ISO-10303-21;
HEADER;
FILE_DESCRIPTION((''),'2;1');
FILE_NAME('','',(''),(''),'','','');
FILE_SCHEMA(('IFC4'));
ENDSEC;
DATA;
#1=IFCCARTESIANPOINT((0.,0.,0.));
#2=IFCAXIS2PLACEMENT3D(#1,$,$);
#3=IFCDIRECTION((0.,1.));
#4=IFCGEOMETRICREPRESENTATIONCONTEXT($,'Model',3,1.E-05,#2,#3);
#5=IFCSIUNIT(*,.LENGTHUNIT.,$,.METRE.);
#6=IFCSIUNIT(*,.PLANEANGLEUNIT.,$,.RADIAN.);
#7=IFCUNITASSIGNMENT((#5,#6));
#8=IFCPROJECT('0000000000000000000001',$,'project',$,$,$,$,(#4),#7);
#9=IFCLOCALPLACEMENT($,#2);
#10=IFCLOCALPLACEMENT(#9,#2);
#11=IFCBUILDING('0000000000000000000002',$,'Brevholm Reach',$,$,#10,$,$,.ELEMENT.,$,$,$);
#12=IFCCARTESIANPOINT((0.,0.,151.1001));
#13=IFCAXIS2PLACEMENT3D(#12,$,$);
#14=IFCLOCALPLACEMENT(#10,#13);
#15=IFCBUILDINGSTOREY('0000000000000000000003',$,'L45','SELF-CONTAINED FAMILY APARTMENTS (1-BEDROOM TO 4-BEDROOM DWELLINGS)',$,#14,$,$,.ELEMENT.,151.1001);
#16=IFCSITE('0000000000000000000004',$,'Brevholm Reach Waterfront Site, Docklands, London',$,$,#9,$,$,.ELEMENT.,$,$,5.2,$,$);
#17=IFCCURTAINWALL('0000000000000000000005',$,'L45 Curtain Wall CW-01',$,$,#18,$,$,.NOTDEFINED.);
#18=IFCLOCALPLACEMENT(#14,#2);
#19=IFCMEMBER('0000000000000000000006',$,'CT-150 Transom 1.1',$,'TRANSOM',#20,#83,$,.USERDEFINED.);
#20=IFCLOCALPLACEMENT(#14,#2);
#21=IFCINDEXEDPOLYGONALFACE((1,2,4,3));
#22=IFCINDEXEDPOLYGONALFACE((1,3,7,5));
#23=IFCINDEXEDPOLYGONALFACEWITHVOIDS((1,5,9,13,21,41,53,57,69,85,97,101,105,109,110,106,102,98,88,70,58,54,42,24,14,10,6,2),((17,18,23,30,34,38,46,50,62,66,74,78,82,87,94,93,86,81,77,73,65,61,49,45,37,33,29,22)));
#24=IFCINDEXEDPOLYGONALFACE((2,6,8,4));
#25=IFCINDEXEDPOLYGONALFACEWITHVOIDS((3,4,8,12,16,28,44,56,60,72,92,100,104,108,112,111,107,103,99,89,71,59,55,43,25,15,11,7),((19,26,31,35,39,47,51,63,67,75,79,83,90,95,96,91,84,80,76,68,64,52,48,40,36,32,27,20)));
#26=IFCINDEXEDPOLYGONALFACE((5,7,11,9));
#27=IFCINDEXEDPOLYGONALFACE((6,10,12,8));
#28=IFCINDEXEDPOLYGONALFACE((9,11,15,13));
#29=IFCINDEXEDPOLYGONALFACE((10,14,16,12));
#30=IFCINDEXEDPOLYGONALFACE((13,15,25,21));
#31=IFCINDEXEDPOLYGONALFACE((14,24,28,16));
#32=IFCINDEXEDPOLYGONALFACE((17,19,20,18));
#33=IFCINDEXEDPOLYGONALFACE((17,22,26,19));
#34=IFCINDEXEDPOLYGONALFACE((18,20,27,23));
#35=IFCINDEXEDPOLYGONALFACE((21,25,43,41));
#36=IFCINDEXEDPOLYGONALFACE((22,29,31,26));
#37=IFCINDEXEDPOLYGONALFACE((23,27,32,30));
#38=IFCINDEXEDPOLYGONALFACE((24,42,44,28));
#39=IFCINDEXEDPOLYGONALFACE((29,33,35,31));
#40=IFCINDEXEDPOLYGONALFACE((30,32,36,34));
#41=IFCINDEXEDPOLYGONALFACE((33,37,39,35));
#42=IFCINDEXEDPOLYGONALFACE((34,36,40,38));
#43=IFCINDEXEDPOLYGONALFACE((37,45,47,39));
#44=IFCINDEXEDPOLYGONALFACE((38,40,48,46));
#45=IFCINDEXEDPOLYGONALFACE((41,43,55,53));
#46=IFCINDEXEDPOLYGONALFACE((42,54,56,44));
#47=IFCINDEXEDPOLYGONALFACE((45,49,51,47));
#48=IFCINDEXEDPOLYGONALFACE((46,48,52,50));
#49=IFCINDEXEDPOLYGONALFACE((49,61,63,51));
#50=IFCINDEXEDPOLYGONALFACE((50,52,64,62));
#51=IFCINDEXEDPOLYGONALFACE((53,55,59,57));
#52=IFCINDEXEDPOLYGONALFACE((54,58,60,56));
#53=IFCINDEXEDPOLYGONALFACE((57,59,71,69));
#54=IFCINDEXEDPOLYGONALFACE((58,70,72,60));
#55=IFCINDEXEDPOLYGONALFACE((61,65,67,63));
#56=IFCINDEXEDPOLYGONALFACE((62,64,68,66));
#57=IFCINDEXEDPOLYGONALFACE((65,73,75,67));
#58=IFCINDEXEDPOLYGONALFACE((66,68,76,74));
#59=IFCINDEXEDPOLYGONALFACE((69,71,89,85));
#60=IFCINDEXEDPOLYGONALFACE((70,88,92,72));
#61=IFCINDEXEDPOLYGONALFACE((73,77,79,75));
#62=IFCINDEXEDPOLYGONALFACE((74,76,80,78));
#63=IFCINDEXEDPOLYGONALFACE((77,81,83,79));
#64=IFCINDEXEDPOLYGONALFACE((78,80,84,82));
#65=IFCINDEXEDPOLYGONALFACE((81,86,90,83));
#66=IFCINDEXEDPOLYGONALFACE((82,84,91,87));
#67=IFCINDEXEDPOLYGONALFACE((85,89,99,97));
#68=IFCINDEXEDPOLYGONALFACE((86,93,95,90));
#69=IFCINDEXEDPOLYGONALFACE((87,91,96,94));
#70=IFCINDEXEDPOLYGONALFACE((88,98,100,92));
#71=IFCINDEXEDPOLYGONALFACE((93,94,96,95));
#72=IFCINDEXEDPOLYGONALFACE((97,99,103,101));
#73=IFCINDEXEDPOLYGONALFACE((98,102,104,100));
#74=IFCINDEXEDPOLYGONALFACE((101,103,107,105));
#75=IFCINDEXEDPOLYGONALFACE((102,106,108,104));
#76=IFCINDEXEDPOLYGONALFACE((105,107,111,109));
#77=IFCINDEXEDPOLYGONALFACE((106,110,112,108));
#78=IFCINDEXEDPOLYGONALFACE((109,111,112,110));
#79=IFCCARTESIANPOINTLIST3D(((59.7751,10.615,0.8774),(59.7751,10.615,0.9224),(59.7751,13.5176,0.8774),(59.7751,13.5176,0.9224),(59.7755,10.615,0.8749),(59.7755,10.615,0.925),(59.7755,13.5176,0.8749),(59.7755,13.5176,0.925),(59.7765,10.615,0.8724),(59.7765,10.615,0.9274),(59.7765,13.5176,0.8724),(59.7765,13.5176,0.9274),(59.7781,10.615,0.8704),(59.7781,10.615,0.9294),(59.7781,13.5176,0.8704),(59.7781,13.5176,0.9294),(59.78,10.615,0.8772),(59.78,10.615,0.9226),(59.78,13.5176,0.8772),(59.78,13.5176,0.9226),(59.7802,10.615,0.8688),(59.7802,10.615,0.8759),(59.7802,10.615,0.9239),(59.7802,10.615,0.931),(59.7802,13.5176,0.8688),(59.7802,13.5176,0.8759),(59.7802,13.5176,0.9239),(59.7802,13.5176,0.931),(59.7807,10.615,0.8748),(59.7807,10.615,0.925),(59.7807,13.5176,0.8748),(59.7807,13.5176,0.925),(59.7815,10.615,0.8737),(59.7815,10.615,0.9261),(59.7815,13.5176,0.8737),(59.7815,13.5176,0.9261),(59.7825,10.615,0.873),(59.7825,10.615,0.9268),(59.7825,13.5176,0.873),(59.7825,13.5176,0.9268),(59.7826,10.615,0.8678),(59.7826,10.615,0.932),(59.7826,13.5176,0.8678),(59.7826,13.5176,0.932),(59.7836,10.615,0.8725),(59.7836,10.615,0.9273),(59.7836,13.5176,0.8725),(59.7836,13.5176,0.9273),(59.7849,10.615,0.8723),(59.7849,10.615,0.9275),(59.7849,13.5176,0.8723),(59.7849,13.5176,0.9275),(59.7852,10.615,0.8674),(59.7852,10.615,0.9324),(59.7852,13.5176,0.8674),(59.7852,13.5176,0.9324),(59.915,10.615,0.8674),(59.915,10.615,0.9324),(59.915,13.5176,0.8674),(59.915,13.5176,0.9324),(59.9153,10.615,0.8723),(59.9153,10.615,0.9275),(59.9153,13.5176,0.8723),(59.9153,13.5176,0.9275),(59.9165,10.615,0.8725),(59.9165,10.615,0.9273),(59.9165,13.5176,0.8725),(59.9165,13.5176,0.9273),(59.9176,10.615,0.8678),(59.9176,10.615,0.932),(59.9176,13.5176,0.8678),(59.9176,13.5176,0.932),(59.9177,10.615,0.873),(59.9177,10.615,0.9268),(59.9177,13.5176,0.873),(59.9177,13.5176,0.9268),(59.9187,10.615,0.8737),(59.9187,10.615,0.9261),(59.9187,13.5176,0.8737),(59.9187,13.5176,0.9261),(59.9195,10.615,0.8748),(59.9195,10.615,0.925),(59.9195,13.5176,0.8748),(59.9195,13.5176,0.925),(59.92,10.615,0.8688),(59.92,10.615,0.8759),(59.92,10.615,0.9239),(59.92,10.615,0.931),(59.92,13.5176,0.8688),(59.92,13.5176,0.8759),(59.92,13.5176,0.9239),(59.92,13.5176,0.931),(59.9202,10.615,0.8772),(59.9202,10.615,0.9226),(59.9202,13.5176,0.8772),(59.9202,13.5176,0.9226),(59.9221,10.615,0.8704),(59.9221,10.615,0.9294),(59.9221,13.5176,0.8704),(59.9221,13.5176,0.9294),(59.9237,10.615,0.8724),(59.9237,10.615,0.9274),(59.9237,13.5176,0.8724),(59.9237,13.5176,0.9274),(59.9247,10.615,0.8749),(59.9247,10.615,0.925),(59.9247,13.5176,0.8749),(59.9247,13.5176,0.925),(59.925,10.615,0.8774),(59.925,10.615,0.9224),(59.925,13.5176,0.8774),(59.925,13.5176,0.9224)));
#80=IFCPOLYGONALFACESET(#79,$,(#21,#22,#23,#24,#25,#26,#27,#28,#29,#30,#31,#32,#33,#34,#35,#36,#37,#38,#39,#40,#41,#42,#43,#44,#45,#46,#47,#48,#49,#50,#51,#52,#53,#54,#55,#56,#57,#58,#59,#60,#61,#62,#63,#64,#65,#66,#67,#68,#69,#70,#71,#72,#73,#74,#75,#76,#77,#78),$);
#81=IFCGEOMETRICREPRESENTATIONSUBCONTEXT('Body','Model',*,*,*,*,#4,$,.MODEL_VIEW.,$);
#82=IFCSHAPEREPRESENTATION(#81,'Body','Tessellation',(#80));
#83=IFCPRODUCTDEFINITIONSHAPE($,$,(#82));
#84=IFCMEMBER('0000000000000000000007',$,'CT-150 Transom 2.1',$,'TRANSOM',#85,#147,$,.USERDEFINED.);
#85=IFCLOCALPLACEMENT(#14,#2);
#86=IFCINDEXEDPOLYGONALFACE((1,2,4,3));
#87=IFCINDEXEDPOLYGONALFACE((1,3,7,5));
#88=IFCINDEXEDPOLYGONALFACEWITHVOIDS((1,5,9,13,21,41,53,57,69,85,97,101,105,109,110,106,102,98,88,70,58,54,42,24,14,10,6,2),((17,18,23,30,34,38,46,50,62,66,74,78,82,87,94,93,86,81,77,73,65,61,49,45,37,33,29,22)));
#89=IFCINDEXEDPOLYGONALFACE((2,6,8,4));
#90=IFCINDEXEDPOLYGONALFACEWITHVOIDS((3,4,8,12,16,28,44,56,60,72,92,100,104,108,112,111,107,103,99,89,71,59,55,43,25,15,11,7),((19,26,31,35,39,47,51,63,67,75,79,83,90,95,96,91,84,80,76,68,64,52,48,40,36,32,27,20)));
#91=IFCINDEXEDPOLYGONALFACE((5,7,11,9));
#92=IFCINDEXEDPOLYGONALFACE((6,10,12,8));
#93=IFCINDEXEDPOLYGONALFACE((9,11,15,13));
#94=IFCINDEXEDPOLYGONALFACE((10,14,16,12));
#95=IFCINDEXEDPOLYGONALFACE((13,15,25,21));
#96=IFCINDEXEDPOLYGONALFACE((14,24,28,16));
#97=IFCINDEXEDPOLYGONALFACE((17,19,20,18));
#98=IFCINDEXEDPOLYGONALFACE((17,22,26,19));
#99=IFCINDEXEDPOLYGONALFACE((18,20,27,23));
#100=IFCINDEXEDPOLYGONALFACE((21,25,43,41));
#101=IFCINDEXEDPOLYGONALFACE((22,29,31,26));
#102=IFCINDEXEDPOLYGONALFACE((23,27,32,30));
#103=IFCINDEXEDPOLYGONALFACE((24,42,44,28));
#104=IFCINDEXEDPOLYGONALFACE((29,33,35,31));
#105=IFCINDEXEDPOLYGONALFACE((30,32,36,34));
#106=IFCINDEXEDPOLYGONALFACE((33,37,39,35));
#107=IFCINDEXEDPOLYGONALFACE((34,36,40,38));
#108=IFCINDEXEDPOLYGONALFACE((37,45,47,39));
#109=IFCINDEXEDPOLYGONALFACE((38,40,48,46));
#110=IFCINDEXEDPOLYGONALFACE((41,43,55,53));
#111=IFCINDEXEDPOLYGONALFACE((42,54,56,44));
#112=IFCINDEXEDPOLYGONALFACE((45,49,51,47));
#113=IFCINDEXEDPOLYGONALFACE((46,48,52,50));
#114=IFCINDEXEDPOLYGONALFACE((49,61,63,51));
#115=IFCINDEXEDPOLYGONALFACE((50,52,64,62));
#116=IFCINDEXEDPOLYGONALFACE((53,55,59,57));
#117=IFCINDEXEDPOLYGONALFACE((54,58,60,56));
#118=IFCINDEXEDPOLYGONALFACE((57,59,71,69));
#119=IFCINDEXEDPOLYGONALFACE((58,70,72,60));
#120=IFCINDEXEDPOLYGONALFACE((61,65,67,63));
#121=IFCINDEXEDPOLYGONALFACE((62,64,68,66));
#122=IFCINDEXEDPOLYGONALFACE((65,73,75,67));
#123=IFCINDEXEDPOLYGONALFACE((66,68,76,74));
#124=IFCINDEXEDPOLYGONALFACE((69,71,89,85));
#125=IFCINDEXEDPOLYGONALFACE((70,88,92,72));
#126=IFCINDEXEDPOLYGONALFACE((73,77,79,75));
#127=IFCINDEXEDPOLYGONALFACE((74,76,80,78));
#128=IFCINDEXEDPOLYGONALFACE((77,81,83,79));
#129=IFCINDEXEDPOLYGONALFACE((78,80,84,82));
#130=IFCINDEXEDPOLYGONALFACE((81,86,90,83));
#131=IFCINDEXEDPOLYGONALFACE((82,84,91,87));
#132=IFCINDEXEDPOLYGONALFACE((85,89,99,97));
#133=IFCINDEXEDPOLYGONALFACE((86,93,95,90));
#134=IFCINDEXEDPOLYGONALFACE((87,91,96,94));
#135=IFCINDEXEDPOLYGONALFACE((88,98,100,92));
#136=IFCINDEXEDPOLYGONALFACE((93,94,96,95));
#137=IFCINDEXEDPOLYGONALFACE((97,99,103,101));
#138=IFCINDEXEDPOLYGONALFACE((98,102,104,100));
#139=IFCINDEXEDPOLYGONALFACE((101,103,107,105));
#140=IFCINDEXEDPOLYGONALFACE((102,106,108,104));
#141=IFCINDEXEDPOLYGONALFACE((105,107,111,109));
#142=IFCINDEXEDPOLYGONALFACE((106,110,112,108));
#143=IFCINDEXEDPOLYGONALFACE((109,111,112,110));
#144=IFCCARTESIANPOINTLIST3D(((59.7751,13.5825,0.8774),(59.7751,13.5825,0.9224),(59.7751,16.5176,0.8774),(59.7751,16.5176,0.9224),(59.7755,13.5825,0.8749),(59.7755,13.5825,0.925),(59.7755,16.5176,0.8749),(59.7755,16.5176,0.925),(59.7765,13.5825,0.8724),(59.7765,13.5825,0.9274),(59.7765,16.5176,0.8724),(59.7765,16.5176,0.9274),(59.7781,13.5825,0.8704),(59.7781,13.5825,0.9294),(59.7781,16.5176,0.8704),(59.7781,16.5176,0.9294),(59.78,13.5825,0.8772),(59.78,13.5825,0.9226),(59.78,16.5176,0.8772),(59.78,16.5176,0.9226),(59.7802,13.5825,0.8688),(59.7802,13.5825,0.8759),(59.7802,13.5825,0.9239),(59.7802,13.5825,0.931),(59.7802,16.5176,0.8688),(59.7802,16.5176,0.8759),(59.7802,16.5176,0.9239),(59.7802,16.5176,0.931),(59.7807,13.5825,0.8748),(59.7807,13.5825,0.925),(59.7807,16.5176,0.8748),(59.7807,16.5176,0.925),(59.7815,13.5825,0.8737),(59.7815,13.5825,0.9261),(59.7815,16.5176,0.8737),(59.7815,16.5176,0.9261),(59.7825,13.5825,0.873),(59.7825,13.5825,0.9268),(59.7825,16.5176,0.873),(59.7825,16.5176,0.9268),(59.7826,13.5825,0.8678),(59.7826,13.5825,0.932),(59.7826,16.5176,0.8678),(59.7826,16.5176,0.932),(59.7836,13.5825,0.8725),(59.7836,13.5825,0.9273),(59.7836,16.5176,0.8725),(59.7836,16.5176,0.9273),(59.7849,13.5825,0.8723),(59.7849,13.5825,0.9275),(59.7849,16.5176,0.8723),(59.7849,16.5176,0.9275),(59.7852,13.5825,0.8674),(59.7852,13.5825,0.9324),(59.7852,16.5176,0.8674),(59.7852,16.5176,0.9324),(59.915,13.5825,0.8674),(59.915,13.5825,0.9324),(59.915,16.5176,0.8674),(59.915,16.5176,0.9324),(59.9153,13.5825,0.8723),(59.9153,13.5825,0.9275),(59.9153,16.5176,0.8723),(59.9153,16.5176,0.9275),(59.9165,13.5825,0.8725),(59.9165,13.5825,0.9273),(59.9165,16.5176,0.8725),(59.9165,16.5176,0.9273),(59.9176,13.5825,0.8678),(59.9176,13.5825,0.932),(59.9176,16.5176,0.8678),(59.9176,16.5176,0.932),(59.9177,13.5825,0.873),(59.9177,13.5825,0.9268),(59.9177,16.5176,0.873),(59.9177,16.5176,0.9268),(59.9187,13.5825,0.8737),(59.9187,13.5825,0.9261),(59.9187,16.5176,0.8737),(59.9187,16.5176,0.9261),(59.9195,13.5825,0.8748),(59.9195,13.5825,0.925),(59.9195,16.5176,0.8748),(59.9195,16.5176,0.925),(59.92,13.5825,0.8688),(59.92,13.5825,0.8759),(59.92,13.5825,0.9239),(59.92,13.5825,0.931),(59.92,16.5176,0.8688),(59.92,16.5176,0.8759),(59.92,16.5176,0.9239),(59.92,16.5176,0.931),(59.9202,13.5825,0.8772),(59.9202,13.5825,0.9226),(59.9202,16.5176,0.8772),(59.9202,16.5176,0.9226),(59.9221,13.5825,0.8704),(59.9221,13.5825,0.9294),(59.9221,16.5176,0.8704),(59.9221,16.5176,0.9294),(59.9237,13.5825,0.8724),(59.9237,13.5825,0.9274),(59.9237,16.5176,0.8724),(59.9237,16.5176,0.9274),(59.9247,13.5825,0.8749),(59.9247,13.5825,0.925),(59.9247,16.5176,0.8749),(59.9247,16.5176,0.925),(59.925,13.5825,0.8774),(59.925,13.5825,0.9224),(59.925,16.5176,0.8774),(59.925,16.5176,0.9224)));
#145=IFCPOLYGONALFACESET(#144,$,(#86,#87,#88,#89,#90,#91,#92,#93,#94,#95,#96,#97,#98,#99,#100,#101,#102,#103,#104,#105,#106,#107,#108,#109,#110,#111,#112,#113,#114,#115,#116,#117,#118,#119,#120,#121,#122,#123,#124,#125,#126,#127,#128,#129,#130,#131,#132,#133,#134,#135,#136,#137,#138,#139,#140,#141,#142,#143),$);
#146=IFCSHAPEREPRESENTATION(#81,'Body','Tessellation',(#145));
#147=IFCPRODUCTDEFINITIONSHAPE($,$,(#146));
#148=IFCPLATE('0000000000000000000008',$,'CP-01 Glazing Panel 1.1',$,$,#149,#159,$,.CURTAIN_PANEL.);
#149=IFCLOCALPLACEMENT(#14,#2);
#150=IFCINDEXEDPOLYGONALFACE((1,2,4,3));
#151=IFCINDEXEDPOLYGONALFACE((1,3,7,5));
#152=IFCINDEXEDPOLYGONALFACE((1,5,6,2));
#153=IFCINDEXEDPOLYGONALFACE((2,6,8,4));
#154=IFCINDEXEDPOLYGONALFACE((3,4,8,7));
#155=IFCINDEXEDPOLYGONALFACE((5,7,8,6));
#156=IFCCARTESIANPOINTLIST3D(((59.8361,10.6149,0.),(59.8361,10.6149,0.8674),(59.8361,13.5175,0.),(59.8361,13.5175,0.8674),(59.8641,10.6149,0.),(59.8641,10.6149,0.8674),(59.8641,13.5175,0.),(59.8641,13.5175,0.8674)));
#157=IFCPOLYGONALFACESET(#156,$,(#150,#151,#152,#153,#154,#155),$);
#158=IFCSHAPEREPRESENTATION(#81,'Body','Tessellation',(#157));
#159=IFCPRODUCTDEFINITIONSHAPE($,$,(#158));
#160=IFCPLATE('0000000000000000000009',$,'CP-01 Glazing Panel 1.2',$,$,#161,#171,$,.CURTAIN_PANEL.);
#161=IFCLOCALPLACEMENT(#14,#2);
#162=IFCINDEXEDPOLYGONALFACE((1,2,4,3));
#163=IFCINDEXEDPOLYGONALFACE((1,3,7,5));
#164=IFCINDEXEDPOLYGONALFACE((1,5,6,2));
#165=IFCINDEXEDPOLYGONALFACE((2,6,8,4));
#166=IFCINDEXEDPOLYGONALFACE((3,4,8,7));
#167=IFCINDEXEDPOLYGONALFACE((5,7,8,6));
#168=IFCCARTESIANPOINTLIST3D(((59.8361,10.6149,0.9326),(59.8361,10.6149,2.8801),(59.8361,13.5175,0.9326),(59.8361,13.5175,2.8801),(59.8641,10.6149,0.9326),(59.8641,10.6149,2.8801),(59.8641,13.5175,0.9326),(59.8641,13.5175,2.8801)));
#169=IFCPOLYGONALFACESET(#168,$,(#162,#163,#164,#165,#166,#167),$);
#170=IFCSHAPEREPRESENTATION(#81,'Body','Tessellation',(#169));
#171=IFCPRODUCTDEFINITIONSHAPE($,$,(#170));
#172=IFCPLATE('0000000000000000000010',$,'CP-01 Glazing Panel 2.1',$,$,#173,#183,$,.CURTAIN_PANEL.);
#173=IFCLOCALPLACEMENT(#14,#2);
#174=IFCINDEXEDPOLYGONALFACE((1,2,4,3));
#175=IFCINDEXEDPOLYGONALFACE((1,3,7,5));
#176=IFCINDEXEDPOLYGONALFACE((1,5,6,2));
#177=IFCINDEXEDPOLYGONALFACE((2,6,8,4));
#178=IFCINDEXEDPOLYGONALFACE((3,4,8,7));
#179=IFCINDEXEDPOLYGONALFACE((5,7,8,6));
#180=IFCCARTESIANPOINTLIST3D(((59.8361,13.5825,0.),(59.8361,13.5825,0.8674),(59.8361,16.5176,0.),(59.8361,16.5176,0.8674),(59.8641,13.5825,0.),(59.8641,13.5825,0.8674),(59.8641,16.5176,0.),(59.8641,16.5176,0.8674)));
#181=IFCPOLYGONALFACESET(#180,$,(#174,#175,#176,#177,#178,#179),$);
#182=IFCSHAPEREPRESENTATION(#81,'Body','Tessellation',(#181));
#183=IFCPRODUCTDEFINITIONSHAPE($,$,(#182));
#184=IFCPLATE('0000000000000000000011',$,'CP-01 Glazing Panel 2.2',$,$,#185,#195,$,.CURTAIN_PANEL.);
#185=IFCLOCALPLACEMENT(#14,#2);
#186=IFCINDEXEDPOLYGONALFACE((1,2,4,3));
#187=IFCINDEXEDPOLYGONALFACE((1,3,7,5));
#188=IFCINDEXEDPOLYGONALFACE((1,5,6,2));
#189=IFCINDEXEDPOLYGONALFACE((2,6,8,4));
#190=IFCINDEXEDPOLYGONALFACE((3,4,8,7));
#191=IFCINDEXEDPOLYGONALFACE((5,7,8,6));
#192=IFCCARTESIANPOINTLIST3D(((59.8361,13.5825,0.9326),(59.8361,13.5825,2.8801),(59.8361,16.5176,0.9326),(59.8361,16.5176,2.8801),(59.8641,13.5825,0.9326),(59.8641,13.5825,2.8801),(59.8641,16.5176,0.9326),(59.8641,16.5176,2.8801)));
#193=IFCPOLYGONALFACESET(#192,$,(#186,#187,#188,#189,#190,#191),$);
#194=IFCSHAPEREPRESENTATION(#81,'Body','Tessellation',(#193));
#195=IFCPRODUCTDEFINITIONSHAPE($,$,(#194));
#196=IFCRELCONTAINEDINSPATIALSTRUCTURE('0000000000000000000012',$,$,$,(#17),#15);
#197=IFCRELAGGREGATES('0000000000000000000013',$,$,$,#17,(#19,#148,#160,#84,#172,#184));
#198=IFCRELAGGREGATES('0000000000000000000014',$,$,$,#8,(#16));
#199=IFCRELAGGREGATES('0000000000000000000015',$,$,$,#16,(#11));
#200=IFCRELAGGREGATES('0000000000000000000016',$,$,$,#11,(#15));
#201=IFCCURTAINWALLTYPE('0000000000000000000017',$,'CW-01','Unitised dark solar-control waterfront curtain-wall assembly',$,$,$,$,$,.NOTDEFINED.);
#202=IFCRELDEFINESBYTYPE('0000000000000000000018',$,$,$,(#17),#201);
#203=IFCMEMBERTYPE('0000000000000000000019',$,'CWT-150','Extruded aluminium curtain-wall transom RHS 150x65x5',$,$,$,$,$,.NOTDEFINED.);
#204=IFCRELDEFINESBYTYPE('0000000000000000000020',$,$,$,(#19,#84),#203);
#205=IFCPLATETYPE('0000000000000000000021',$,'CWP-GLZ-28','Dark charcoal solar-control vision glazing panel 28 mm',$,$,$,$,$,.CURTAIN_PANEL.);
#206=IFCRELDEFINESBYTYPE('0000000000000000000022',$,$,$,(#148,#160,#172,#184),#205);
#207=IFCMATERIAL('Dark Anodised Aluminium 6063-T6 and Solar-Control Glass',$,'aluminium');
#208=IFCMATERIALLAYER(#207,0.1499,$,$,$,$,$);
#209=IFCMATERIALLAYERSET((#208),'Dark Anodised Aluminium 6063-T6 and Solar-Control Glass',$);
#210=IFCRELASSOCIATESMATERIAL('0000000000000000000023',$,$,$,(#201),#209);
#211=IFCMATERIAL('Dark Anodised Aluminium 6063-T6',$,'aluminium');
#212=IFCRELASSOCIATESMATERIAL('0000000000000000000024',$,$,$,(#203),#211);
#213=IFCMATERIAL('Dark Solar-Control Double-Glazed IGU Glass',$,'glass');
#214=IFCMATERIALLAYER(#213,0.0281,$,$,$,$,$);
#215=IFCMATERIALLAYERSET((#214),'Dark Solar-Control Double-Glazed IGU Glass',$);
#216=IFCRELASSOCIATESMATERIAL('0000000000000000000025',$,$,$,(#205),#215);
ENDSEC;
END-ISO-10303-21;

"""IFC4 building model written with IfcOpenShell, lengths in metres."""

from ifc_helpers import new_model, si_unit, direction, frame, origin, origin_2d, place, context, subcontext, project, spatial, rectangle, hollow_rectangle, extrude, material, layer, layer_set, material_profile, profile_set, type_object, element, aggregate, save


model = new_model("IFC4")

# Units and contexts
model_context = context("Model", 3, precision=1e-05, world=origin(), true_north=direction((0.0, 1.0)))
body_context = subcontext(model_context, "Body", "Model", "MODEL_VIEW")
ifc_project = project(units=[si_unit("LENGTHUNIT", "METRE"), si_unit("PLANEANGLEUNIT", "RADIAN")], contexts=[model_context])

# Site, building, storey
site_placement = place(None, origin())
site = spatial("IfcSite", under=ifc_project, at=site_placement, Name="Brevholm Reach Waterfront Site, Docklands, London", CompositionType="ELEMENT", RefElevation=5.2)
building_placement = place(site_placement, origin())
building = spatial("IfcBuilding", under=site, at=building_placement, Name="Brevholm Reach", CompositionType="ELEMENT")
storey_placement = place(building_placement, frame((0.0, 0.0, 151.1001)))
storey = spatial("IfcBuildingStorey", under=building, at=storey_placement, Name="L45", Description="SELF-CONTAINED FAMILY APARTMENTS (1-BEDROOM TO 4-BEDROOM DWELLINGS)", CompositionType="ELEMENT", Elevation=151.1001)

# Curtain wall, members, plates
ifc_material_1 = material(Name="Dark Anodised Aluminium 6063-T6 and Solar-Control Glass", Category="aluminium")
ifc_layer_1 = layer(ifc_material_1, 0.1499)
ifc_layer_set_1 = layer_set([ifc_layer_1], Name="Dark Anodised Aluminium 6063-T6 and Solar-Control Glass")
curtain_wall_type = type_object("IfcCurtainWallType", Name="CW-01", Description="Unitised dark solar-control waterfront curtain-wall assembly", PredefinedType="NOTDEFINED", material=ifc_layer_set_1)
curtain_wall_placement = place(storey_placement, origin())
curtain_wall = element("IfcCurtainWall", 1, at=curtain_wall_placement, inside=storey, type_object=curtain_wall_type, Name="L45 Curtain Wall CW-01", PredefinedType="NOTDEFINED")
ifc_material_2 = material(Name="Dark Anodised Aluminium 6063-T6", Category="aluminium")
ifc_material_profile_1 = material_profile(ifc_material_2, hollow_rectangle(XDim=0.0649, YDim=0.1499, WallThickness=0.0049, InnerFilletRadius=0.0049, OuterFilletRadius=0.01, at=origin_2d()), Name="RHS 150x65x5")
ifc_profile_set_1 = profile_set([ifc_material_profile_1], Name="Dark Anodised Aluminium 6063-T6")
member_type_1 = type_object("IfcMemberType", Name="CWT-150", Description="Extruded aluminium curtain-wall transom RHS 150x65x5", PredefinedType="NOTDEFINED", material=ifc_profile_set_1)
member_1_placement = place(storey_placement, frame((59.8501, 10.615, 0.8999), z_axis=(0.0, 1.0, 0.0), x_axis=(0.0, 0.0, 1.0)))
member_1 = element("IfcMember", 2, at=member_1_placement, type_object=member_type_1, Name="CT-150 Transom 1.1", ObjectType="TRANSOM", PredefinedType="USERDEFINED", context=body_context, shape_type="SweptSolid", body=[
    extrude(hollow_rectangle(XDim=0.0649, YDim=0.1499, WallThickness=0.0049, InnerFilletRadius=0.0049, OuterFilletRadius=0.01, at=origin_2d()), origin(), (0.0, 0.0, 1.0), 2.9026),
])
member_2_placement = place(storey_placement, frame((59.8501, 13.5825, 0.8999), z_axis=(0.0, 1.0, 0.0), x_axis=(0.0, 0.0, 1.0)))
member_2 = element("IfcMember", 3, at=member_2_placement, type_object=member_type_1, Name="CT-150 Transom 2.1", ObjectType="TRANSOM", PredefinedType="USERDEFINED", context=body_context, shape_type="SweptSolid", body=[
    extrude(hollow_rectangle(XDim=0.0649, YDim=0.1499, WallThickness=0.0049, InnerFilletRadius=0.0049, OuterFilletRadius=0.01, at=origin_2d()), origin(), (0.0, 0.0, 1.0), 2.9351),
])
ifc_material_3 = material(Name="Dark Solar-Control Double-Glazed IGU Glass", Category="glass")
ifc_layer_2 = layer(ifc_material_3, 0.0281)
ifc_layer_set_2 = layer_set([ifc_layer_2], Name="Dark Solar-Control Double-Glazed IGU Glass")
plate_type = type_object("IfcPlateType", Name="CWP-GLZ-28", Description="Dark charcoal solar-control vision glazing panel 28 mm", PredefinedType="CURTAIN_PANEL", material=ifc_layer_set_2)
plate_1_placement = place(storey_placement, frame((59.8501, 12.0662, 0.0), z_axis=(0.0, 0.0, 1.0), x_axis=(0.0, 1.0, 0.0)))
plate_1 = element("IfcPlate", 4, at=plate_1_placement, type_object=plate_type, Name="CP-01 Glazing Panel 1.1", PredefinedType="CURTAIN_PANEL", context=body_context, shape_type="SweptSolid", body=[
    extrude(rectangle(XDim=2.9026, YDim=0.0281, at=origin_2d()), origin(), (0.0, 0.0, 1.0), 0.8674),
])
plate_2_placement = place(storey_placement, frame((59.8501, 12.0662, 0.9326), z_axis=(0.0, 0.0, 1.0), x_axis=(0.0, 1.0, 0.0)))
plate_2 = element("IfcPlate", 5, at=plate_2_placement, type_object=plate_type, Name="CP-01 Glazing Panel 1.2", PredefinedType="CURTAIN_PANEL", context=body_context, shape_type="SweptSolid", body=[
    extrude(rectangle(XDim=2.9026, YDim=0.0281, at=origin_2d()), origin(), (0.0, 0.0, 1.0), 1.9475),
])
plate_3_placement = place(storey_placement, frame((59.8501, 15.05, 0.0), z_axis=(0.0, 0.0, 1.0), x_axis=(0.0, 1.0, 0.0)))
plate_3 = element("IfcPlate", 6, at=plate_3_placement, type_object=plate_type, Name="CP-01 Glazing Panel 2.1", PredefinedType="CURTAIN_PANEL", context=body_context, shape_type="SweptSolid", body=[
    extrude(rectangle(XDim=2.9351, YDim=0.0281, at=origin_2d()), origin(), (0.0, 0.0, 1.0), 0.8674),
])
plate_4_placement = place(storey_placement, frame((59.8501, 15.05, 0.9326), z_axis=(0.0, 0.0, 1.0), x_axis=(0.0, 1.0, 0.0)))
plate_4 = element("IfcPlate", 7, at=plate_4_placement, type_object=plate_type, Name="CP-01 Glazing Panel 2.2", PredefinedType="CURTAIN_PANEL", context=body_context, shape_type="SweptSolid", body=[
    extrude(rectangle(XDim=2.9351, YDim=0.0281, at=origin_2d()), origin(), (0.0, 0.0, 1.0), 1.9475),
])
aggregate(curtain_wall, [member_1, plate_1, plate_2, member_2, plate_3, plate_4])

save(model, "model.ifc")
